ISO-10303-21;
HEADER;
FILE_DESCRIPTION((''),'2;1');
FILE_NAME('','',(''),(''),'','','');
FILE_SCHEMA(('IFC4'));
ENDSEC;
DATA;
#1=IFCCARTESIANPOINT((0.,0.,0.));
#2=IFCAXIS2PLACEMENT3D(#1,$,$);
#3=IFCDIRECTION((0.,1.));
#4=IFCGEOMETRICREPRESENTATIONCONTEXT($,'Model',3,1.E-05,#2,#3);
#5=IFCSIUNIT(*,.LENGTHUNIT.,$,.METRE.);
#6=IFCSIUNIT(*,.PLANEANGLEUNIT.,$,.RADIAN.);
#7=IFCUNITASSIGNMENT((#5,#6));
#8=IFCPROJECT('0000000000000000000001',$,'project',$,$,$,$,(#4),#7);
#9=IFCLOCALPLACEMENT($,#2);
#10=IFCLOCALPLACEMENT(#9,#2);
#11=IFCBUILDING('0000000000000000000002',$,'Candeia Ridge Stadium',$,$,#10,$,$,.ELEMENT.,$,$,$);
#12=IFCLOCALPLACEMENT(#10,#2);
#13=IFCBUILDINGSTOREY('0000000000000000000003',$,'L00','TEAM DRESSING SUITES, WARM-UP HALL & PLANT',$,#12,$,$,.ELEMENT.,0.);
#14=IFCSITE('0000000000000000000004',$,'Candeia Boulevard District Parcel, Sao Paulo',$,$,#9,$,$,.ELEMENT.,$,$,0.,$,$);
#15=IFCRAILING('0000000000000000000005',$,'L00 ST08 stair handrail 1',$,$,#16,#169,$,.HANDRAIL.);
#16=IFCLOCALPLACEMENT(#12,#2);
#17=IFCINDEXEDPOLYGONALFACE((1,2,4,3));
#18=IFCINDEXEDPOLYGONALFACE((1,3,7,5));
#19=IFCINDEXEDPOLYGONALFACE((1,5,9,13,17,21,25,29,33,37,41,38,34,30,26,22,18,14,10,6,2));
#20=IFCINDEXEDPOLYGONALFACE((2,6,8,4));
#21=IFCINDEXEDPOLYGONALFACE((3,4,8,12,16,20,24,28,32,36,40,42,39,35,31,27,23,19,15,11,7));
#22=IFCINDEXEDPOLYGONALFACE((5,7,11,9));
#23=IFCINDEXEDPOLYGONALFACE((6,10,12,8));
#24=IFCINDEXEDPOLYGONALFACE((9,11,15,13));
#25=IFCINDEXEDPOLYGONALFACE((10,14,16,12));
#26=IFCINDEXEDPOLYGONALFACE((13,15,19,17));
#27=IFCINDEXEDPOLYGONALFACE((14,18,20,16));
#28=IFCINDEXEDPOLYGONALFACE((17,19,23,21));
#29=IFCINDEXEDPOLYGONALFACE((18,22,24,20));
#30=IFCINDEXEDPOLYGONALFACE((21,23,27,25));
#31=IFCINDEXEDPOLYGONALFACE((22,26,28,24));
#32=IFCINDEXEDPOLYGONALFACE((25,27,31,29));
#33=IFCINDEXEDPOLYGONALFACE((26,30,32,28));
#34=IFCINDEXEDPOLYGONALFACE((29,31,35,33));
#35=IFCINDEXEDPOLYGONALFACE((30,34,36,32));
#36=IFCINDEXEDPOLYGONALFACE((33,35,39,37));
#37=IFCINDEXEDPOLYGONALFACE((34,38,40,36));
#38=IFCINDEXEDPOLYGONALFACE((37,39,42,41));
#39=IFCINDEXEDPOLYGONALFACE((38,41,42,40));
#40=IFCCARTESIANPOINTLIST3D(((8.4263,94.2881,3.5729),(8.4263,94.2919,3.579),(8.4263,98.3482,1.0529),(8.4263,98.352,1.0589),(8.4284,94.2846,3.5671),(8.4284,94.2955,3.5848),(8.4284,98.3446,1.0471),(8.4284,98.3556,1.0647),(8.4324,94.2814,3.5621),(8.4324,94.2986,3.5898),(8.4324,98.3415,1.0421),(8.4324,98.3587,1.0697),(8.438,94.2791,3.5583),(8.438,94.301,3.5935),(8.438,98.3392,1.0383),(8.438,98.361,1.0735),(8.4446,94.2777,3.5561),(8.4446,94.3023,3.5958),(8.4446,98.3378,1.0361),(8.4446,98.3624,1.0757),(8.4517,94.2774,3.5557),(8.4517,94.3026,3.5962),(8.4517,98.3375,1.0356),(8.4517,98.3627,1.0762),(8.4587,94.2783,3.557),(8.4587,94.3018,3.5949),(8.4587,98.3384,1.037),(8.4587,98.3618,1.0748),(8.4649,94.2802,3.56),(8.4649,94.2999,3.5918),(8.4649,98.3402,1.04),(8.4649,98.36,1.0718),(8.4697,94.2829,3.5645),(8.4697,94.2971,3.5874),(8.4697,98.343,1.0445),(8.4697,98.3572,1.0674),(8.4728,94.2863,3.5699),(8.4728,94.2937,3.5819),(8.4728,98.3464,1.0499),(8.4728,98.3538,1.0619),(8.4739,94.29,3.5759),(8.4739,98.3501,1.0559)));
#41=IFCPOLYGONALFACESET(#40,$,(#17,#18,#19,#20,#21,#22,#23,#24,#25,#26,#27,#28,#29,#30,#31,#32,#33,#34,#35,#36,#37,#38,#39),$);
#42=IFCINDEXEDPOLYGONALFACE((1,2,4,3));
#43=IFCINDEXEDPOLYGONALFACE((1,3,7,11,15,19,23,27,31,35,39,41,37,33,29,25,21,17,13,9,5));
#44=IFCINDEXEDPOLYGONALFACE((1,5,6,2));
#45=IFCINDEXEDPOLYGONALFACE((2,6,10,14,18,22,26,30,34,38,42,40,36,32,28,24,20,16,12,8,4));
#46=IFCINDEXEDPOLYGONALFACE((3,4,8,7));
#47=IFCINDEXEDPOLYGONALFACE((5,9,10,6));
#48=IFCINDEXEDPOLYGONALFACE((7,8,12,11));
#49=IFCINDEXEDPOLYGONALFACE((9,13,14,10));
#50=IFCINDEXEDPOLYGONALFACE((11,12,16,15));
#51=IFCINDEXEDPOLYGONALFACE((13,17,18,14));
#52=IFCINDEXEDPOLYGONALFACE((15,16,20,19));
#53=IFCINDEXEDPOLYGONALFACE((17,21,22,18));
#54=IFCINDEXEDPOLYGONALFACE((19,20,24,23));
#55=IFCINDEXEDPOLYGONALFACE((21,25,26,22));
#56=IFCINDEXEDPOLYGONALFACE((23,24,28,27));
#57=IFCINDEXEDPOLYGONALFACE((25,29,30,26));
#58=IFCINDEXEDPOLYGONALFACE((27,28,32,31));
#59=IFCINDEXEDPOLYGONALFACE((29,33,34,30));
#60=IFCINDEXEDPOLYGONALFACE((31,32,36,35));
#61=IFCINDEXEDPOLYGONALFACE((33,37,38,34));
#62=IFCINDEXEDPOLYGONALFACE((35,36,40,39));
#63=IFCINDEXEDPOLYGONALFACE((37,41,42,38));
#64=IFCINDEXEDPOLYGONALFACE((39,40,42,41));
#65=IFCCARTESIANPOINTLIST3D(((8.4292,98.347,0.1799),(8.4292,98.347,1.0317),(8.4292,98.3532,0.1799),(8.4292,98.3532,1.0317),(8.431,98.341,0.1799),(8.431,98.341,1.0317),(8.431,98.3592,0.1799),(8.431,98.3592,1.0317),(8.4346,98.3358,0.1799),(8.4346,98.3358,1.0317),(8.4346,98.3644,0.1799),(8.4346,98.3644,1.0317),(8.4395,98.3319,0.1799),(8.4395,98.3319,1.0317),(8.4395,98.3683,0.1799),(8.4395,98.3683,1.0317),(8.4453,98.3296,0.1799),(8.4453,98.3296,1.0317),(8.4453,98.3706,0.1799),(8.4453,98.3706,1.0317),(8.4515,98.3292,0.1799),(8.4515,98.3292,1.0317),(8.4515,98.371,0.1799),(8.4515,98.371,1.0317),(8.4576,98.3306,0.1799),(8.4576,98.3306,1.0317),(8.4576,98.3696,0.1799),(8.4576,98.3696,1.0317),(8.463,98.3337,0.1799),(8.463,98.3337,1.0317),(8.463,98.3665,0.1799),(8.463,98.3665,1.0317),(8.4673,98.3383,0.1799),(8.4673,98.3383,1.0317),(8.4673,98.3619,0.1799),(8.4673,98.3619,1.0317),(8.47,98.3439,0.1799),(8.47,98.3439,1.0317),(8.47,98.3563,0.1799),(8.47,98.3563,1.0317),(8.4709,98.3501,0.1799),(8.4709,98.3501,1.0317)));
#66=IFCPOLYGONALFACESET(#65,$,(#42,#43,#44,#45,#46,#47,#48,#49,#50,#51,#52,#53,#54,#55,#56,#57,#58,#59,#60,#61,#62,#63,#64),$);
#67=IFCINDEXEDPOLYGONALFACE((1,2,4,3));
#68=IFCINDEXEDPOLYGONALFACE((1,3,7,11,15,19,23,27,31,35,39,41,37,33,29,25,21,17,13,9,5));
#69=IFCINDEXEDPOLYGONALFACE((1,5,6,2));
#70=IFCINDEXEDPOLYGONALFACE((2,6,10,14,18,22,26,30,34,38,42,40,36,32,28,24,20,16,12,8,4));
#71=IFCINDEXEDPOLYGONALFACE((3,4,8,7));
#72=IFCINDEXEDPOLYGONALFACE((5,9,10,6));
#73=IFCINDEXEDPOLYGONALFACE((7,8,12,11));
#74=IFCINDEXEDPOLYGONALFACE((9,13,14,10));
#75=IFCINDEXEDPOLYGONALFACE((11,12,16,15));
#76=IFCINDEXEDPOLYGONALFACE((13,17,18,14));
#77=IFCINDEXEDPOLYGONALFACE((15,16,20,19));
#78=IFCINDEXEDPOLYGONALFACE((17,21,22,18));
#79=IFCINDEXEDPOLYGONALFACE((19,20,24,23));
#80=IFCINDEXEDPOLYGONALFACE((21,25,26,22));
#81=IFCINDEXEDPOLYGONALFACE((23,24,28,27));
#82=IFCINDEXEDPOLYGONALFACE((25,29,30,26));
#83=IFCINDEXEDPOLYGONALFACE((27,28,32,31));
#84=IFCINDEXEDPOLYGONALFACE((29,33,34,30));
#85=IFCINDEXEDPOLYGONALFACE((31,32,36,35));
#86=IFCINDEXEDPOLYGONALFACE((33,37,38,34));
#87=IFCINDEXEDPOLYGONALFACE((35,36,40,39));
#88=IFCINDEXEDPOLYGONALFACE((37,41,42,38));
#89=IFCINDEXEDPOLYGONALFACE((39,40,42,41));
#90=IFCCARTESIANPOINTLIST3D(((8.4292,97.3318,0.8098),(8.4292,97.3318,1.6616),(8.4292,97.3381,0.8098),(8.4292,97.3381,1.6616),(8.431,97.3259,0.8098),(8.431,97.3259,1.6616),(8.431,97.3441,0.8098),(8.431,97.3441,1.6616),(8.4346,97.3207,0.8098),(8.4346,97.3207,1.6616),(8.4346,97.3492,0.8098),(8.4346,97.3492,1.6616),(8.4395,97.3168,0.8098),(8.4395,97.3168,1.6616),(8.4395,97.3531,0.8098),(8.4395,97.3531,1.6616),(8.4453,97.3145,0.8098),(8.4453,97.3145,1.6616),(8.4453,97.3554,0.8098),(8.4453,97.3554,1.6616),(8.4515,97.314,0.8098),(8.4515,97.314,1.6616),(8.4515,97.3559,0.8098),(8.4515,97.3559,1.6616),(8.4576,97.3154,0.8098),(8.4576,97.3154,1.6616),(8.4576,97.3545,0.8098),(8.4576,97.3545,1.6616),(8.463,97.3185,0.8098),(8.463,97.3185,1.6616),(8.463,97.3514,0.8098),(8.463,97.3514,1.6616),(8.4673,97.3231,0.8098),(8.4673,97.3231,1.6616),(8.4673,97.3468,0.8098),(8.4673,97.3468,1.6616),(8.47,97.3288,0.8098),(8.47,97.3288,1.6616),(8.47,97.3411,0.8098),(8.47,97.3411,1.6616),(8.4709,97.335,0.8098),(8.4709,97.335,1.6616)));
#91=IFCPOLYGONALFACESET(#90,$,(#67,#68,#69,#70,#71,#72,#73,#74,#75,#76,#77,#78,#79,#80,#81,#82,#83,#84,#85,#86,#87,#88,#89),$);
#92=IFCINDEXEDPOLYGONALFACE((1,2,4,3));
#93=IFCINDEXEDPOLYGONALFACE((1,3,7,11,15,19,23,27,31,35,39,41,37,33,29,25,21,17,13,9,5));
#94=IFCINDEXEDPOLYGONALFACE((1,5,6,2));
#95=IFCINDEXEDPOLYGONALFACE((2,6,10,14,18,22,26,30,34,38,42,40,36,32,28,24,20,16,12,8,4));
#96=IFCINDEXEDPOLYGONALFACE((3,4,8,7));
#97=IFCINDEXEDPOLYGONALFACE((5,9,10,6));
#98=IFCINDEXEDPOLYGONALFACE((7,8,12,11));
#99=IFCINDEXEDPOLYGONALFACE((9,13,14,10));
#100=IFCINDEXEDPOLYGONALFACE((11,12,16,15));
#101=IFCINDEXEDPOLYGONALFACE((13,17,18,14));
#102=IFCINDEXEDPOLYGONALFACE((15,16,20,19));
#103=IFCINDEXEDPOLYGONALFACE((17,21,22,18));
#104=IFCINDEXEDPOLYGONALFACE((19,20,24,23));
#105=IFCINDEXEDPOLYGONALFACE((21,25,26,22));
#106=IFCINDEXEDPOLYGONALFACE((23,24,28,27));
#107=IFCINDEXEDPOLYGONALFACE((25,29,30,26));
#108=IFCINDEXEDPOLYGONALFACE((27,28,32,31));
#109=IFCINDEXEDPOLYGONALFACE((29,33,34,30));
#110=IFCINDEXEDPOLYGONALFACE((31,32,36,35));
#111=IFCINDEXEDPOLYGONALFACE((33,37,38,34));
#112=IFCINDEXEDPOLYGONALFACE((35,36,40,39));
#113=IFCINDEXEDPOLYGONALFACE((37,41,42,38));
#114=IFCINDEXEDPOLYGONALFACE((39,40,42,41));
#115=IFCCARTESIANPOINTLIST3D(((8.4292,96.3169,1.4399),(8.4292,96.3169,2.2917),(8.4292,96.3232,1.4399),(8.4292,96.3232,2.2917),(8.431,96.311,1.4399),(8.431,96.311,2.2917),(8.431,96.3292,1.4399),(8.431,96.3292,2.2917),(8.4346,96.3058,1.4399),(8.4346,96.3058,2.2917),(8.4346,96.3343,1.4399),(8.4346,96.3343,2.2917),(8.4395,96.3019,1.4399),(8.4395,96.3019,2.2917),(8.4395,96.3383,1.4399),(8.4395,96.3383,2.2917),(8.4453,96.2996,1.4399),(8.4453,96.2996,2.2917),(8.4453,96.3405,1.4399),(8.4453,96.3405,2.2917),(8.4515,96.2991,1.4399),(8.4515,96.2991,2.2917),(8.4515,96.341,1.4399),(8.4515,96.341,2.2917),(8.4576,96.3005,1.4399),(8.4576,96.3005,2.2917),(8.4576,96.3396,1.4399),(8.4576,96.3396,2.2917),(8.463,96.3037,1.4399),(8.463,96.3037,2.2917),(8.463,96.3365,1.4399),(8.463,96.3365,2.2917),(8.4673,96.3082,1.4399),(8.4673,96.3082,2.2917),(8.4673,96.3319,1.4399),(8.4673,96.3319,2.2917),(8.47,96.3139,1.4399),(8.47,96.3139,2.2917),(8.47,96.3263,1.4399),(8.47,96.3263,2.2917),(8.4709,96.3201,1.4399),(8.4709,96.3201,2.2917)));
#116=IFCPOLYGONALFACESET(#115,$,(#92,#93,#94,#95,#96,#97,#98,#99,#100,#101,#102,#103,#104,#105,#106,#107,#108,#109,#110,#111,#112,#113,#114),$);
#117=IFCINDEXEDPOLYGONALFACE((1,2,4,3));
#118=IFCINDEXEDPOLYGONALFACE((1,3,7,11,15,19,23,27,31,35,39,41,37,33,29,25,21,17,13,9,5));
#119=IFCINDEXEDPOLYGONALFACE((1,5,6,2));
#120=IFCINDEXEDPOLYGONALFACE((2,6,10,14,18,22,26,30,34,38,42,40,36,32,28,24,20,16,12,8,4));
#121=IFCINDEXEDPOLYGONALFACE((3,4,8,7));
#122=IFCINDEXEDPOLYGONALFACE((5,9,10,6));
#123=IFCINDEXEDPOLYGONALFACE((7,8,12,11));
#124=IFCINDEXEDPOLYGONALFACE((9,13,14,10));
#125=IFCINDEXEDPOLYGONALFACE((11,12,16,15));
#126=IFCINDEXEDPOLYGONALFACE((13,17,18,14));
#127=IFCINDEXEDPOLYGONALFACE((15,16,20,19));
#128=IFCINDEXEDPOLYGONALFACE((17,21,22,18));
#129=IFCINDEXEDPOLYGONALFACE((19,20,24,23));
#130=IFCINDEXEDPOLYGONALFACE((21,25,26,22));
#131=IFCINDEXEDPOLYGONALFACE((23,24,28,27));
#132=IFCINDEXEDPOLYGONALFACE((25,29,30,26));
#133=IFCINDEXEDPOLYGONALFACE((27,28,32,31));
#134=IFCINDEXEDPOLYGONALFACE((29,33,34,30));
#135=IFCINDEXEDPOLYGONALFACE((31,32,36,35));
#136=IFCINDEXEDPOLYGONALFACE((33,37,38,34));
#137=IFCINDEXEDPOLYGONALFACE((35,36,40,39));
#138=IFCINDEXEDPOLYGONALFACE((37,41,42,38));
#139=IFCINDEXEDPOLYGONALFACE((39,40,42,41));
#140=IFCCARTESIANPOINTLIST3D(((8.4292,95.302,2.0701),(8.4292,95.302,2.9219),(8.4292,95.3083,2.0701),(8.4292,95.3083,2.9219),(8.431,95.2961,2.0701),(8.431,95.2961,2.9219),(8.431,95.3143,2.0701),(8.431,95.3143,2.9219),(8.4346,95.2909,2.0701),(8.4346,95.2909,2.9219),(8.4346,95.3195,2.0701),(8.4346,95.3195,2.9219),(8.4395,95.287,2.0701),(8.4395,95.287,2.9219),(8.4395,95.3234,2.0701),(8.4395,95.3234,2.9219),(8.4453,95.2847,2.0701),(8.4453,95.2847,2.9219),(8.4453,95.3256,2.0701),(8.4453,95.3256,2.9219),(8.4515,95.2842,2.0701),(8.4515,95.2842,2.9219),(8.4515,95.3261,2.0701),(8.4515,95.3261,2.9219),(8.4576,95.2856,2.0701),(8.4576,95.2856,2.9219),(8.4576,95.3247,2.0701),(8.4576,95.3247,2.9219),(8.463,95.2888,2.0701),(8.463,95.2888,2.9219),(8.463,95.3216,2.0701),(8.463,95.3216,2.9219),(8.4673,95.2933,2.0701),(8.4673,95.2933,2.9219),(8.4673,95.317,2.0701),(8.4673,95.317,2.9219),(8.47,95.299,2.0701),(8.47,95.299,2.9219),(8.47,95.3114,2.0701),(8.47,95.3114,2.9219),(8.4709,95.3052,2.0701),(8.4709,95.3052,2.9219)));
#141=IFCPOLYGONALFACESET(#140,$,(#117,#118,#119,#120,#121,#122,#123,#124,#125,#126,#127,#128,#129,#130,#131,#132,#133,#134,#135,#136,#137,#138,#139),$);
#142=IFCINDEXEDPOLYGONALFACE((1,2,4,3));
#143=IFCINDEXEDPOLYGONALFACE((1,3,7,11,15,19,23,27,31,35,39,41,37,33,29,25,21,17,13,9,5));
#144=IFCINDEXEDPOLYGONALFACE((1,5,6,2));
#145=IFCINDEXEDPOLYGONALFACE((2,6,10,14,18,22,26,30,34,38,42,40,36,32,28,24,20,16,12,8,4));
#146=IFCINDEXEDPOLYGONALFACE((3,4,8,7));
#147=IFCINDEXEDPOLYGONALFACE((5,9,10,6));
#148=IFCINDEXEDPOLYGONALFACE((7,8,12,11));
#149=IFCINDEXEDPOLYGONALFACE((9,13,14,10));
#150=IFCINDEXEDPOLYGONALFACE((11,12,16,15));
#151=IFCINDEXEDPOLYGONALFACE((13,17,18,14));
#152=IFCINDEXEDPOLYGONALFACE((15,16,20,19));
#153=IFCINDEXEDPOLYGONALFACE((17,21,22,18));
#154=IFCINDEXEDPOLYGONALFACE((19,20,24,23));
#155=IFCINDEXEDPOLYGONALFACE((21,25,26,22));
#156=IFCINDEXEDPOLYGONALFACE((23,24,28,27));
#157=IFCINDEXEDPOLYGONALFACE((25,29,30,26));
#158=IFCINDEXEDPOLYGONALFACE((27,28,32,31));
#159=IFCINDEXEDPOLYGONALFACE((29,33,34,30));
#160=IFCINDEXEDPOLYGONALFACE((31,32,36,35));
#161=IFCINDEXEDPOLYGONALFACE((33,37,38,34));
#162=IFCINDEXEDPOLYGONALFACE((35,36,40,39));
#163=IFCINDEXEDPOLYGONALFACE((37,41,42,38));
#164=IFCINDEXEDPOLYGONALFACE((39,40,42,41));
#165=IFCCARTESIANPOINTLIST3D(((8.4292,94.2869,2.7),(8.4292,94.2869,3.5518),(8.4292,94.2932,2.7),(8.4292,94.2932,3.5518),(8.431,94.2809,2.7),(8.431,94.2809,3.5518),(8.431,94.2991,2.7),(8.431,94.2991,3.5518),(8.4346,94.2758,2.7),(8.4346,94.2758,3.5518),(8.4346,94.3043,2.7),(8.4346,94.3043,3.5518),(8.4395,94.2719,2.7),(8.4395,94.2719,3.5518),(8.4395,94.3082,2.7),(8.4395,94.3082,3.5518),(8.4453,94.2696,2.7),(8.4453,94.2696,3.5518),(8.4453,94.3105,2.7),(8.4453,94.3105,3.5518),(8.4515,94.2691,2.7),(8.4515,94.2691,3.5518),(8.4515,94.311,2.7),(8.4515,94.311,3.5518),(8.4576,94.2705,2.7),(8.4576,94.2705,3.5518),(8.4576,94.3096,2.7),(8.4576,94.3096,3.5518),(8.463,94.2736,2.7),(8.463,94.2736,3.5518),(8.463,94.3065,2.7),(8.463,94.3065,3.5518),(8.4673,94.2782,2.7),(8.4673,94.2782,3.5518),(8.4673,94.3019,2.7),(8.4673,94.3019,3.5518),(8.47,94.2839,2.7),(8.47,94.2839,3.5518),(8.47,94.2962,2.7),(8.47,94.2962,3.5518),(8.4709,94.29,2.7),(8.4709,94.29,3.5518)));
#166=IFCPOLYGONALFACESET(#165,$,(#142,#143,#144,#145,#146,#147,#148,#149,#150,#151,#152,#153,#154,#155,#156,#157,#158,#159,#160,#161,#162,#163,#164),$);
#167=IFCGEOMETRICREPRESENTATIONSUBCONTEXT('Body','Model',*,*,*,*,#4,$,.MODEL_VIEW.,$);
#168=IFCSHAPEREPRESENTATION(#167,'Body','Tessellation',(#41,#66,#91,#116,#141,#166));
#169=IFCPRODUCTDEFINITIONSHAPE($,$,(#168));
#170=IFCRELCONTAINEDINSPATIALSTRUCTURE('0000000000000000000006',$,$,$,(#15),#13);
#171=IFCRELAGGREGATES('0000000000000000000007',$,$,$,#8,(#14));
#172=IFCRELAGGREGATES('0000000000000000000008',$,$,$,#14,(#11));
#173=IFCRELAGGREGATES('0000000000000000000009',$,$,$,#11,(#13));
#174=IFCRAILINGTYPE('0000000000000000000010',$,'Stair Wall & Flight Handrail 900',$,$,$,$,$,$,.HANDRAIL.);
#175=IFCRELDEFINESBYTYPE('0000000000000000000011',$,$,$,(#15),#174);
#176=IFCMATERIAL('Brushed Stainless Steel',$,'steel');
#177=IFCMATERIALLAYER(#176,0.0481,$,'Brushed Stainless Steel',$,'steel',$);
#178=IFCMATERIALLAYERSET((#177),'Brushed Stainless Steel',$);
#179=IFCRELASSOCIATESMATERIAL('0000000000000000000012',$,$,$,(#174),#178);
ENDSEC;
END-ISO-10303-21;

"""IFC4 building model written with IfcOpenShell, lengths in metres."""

from ifc_helpers import new_model, si_unit, direction, frame, origin, origin_2d, place, context, subcontext, project, spatial, circle, extrude, material, layer, layer_set, type_object, element, save


model = new_model("IFC4")

# Units and contexts
model_context = context("Model", 3, precision=1e-05, world=origin(), true_north=direction((0.0, 1.0)))
body_context = subcontext(model_context, "Body", "Model", "MODEL_VIEW")
ifc_project = project(units=[si_unit("LENGTHUNIT", "METRE"), si_unit("PLANEANGLEUNIT", "RADIAN")], contexts=[model_context])

# Site, building, storey
site_placement = place(None, origin())
site = spatial("IfcSite", under=ifc_project, at=site_placement, Name="Candeia Boulevard District Parcel, Sao Paulo", CompositionType="ELEMENT", RefElevation=0.0)
building_placement = place(site_placement, origin())
building = spatial("IfcBuilding", under=site, at=building_placement, Name="Candeia Ridge Stadium", CompositionType="ELEMENT")
storey_placement = place(building_placement, origin())
storey = spatial("IfcBuildingStorey", under=building, at=storey_placement, Name="L00", Description="TEAM DRESSING SUITES, WARM-UP HALL & PLANT", CompositionType="ELEMENT", Elevation=0.0)

# Railing
ifc_material_1 = material(Name="Brushed Stainless Steel", Category="steel")
ifc_layer_1 = layer(ifc_material_1, 0.0481, Name="Brushed Stainless Steel", Category="steel")
ifc_layer_set_1 = layer_set([ifc_layer_1], Name="Brushed Stainless Steel")
railing_type_1 = type_object("IfcRailingType", Name="Stair Wall & Flight Handrail 900", PredefinedType="HANDRAIL", material=ifc_layer_set_1)
railing_1_placement = place(storey_placement, frame((8.45, 98.3501, 0.1799)))
element("IfcRailing", 1, at=railing_1_placement, inside=storey, type_object=railing_type_1, Name="L00 ST08 stair handrail 1", PredefinedType="HANDRAIL", context=body_context, shape_type="SweptSolid", body=[
    extrude(circle(Radius=0.0239, at=origin_2d()), frame((0.0, 0.0, 0.876), z_axis=(0.0, -0.849642, 0.52736), x_axis=(1.0, 0.0, 0.0)), (0.0, 0.0, 1.0), 4.7786),
    extrude(circle(Radius=0.021, at=origin_2d()), origin(), (0.0, 0.0, 1.0), 0.8518),
    extrude(circle(Radius=0.021, at=origin_2d()), frame((0.0, -1.0151, 0.6299)), (0.0, 0.0, 1.0), 0.8518),
    extrude(circle(Radius=0.021, at=origin_2d()), frame((0.0, -2.03, 1.26)), (0.0, 0.0, 1.0), 0.8518),
    extrude(circle(Radius=0.021, at=origin_2d()), frame((0.0, -3.0449, 1.8901)), (0.0, 0.0, 1.0), 0.8518),
    extrude(circle(Radius=0.021, at=origin_2d()), frame((0.0, -4.0601, 2.52)), (0.0, 0.0, 1.0), 0.8518),
])

save(model, "model.ifc")
